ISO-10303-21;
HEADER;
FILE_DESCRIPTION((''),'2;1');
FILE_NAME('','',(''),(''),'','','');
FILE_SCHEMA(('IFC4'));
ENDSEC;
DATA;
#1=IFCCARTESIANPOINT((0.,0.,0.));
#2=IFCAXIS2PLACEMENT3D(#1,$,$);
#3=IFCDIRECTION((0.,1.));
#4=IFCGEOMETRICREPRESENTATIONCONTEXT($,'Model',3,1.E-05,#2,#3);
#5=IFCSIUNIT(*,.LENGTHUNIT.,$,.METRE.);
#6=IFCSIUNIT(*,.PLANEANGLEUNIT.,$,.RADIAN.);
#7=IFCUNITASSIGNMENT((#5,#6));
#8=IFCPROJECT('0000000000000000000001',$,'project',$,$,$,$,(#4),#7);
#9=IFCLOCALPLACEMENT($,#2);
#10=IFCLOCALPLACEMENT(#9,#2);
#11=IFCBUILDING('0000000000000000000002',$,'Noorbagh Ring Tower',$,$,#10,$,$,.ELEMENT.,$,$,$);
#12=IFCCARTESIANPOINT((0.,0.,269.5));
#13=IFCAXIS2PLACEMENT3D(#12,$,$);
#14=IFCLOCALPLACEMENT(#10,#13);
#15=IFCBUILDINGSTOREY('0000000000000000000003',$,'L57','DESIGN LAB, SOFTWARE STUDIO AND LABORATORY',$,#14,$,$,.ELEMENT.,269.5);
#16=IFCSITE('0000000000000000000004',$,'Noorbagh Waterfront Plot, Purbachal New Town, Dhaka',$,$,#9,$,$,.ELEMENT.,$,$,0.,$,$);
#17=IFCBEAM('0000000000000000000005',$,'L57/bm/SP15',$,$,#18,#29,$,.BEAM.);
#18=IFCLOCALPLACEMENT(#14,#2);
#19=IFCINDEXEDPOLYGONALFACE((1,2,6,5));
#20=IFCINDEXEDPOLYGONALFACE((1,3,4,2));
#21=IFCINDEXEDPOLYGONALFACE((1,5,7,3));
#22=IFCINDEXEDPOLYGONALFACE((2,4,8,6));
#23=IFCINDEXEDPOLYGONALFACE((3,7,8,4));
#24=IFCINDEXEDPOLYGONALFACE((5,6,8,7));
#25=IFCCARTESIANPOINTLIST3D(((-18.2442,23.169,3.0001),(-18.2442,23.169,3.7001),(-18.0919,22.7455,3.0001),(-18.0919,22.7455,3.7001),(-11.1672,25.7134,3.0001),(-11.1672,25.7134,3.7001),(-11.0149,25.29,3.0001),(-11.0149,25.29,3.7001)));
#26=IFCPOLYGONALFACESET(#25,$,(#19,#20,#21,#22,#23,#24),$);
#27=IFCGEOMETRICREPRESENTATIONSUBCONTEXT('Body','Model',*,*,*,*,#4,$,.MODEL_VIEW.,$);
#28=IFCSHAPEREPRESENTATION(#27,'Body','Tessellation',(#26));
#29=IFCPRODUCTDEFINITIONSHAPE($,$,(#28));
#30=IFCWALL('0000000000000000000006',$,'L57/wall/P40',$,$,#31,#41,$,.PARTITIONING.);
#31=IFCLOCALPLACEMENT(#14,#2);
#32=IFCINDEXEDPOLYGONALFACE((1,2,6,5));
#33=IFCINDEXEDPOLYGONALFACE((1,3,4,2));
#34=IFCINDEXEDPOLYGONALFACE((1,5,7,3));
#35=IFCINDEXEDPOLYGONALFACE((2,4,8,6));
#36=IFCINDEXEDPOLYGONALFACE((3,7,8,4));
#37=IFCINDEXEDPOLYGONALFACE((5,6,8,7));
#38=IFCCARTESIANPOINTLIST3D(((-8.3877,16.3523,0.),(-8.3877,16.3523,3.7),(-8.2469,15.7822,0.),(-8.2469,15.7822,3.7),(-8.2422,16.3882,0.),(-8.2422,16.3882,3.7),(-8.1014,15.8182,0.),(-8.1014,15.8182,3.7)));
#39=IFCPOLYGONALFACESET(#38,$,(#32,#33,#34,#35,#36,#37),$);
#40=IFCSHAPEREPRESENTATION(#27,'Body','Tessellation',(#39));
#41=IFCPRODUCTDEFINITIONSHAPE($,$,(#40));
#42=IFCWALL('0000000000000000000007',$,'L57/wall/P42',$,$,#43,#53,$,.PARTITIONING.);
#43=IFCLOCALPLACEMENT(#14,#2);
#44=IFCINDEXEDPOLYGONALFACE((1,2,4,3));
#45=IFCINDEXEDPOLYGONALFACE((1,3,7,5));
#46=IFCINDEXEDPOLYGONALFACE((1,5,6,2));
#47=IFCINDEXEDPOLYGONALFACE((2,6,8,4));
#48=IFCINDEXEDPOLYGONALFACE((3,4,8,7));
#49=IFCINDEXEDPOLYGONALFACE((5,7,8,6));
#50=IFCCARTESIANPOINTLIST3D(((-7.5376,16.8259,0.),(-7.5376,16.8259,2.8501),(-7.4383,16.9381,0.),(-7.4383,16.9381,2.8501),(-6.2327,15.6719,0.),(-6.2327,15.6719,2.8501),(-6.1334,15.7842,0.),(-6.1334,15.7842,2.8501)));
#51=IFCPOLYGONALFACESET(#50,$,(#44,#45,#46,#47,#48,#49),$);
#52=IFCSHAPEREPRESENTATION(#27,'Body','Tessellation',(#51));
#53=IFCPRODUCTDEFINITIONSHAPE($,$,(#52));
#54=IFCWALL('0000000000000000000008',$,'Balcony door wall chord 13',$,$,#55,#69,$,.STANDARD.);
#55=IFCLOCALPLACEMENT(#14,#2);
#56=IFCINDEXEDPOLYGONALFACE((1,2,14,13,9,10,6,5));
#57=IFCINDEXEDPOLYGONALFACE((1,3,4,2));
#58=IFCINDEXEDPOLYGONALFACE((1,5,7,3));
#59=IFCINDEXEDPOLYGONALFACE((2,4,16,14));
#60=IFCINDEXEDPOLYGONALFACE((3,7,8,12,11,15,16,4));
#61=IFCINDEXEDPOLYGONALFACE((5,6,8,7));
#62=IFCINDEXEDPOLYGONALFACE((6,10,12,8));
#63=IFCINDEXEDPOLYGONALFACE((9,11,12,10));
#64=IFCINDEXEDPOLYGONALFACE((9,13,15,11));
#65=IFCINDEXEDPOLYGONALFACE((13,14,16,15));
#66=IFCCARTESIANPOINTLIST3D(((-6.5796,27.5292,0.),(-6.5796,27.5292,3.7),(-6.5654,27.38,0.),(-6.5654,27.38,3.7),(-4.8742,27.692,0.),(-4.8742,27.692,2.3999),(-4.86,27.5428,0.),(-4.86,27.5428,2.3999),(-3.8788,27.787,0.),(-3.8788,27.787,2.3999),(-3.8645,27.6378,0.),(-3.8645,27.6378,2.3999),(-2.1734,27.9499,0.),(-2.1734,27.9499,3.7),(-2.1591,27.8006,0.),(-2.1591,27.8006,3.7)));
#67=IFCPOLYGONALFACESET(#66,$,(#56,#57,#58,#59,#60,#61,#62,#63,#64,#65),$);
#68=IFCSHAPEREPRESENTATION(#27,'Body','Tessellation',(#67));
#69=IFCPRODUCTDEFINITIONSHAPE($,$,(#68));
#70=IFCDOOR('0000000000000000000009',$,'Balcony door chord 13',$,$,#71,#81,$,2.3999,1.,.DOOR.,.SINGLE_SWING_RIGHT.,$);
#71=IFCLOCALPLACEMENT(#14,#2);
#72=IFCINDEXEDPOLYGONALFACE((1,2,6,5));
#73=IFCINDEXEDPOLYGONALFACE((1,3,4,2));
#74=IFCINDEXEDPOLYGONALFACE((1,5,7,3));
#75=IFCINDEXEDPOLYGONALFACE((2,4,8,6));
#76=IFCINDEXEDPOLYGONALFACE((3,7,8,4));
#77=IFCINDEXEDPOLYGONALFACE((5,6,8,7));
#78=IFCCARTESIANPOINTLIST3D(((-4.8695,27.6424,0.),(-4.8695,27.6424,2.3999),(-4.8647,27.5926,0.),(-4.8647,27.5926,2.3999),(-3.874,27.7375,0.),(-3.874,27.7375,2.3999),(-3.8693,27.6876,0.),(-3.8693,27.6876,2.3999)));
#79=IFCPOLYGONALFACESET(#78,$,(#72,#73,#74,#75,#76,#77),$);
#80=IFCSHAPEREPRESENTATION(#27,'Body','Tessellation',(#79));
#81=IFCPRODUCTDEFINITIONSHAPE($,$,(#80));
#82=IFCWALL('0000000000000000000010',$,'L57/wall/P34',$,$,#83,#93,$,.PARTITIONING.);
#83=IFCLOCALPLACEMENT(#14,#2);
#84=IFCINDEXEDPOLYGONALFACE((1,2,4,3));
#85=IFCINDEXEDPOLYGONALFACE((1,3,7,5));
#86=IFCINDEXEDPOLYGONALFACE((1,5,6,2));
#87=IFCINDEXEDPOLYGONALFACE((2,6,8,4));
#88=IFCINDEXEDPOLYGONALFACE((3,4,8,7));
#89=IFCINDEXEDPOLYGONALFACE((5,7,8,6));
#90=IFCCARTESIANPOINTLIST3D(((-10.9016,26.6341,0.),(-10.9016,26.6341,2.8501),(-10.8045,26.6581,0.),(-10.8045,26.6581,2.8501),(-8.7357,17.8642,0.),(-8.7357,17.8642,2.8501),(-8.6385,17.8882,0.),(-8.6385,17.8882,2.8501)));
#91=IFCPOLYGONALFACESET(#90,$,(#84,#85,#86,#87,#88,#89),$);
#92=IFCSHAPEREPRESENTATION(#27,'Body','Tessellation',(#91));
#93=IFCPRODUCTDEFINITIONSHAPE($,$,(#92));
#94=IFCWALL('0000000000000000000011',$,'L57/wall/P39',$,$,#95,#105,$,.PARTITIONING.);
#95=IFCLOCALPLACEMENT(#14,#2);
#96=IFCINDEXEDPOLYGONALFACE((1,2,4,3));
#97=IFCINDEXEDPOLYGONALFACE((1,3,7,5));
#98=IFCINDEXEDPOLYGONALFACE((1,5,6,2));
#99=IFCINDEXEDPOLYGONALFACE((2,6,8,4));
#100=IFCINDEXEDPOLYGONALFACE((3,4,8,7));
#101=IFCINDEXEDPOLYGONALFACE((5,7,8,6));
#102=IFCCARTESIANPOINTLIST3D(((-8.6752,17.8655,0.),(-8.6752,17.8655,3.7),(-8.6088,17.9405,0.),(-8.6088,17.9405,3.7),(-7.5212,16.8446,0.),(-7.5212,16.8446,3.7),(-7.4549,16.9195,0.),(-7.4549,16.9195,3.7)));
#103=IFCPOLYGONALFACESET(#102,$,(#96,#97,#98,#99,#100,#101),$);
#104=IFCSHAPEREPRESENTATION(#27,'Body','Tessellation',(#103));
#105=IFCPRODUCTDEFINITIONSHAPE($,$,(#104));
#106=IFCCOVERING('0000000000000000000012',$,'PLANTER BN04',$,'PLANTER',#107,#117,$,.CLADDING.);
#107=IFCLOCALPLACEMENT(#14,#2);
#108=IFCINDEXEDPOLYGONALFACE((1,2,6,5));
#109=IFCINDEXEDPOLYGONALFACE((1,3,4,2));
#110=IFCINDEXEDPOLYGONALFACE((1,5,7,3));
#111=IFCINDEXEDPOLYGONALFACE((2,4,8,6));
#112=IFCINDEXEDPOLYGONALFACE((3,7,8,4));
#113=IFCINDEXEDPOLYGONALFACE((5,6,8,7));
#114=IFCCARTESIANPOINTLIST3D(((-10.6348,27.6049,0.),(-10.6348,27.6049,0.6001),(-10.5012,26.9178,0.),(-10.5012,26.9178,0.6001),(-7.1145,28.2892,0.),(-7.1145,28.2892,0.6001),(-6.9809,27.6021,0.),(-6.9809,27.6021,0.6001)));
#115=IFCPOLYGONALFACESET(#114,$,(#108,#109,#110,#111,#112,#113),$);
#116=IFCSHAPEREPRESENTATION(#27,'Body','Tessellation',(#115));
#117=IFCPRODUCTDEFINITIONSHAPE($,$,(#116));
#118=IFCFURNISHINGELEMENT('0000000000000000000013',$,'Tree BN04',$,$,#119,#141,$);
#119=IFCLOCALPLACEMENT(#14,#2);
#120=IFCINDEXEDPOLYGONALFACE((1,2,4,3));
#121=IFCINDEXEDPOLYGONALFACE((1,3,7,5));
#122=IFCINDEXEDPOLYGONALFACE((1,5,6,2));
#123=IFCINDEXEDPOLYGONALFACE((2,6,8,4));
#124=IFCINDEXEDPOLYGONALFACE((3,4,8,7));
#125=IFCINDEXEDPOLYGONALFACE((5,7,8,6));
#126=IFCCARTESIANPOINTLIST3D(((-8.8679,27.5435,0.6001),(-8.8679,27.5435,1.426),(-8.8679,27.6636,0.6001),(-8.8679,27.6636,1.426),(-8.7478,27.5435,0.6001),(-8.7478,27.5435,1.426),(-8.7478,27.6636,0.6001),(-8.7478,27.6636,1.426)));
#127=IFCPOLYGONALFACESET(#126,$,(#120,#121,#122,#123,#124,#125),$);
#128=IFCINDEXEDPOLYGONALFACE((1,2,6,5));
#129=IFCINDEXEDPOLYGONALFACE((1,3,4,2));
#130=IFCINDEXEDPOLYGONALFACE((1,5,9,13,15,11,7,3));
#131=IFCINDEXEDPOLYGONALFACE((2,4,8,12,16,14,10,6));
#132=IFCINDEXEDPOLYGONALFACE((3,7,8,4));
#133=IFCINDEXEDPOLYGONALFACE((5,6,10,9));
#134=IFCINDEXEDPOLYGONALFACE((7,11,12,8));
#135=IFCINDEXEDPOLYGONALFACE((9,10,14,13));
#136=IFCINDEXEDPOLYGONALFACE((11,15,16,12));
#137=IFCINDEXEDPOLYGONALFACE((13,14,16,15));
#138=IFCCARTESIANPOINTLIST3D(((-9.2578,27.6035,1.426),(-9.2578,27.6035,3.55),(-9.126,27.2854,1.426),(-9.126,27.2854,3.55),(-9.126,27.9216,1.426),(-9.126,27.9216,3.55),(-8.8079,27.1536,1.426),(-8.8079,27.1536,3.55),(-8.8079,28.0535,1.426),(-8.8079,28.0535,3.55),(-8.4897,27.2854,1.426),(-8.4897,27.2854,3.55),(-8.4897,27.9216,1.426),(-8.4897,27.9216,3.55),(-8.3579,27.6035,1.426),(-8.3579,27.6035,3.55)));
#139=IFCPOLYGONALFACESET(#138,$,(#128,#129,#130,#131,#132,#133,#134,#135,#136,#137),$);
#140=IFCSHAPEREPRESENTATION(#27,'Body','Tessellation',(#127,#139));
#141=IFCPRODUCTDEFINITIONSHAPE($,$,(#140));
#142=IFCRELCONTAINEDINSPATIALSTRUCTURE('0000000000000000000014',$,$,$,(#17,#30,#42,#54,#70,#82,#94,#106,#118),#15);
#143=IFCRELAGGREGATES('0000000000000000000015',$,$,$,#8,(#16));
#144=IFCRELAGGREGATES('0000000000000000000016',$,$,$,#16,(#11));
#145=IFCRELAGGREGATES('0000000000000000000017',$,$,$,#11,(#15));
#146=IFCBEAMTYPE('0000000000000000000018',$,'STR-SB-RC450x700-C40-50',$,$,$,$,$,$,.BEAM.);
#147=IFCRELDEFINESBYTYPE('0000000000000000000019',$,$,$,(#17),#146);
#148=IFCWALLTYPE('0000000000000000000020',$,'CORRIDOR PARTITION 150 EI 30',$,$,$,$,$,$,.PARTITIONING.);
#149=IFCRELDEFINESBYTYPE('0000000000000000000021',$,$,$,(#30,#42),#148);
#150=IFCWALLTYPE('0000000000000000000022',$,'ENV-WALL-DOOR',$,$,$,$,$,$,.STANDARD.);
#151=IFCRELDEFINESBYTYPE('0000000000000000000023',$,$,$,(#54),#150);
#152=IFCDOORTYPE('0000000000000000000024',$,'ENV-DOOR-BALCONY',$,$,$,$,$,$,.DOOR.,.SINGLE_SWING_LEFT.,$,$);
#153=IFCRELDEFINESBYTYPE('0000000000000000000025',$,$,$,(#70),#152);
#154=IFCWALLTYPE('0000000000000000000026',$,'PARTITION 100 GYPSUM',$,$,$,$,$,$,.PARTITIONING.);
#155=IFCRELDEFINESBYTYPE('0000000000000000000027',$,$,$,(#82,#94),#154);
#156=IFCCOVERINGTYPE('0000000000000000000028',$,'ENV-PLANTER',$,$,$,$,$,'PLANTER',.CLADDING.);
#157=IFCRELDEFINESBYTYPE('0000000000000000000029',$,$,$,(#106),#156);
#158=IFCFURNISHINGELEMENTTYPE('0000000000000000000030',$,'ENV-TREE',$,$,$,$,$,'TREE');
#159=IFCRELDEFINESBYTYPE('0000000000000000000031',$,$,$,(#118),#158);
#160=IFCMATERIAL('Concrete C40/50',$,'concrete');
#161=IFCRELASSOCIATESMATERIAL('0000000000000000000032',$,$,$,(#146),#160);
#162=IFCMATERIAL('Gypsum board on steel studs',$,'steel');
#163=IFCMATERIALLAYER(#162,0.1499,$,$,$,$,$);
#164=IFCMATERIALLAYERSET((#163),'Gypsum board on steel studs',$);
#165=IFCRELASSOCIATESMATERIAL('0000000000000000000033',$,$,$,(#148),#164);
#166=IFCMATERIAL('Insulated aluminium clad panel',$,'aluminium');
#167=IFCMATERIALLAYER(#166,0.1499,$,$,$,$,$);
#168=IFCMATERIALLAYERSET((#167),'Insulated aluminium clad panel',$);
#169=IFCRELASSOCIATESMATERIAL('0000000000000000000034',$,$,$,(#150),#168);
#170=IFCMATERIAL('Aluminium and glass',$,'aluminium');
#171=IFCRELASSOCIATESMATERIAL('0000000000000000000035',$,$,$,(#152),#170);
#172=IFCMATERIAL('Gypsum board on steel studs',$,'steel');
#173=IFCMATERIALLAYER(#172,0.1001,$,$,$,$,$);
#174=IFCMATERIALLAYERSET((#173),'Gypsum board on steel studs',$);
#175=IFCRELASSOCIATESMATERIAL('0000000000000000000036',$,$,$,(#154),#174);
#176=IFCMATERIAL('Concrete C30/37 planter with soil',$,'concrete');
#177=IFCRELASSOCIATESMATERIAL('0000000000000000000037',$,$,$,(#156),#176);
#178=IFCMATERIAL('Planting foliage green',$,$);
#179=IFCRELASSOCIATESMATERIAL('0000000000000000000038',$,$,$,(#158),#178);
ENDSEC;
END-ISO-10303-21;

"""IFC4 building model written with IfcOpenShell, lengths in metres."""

from ifc_helpers import new_model, si_unit, direction, frame, frame_2d, origin, origin_2d, place, context, subcontext, project, spatial, polyline, rectangle, outline, extrude, material, layer, layer_set, material_profile, profile_set, type_object, element, fill, save


model = new_model("IFC4")

# Units and contexts
model_context = context("Model", 3, precision=1e-05, world=origin(), true_north=direction((0.0, 1.0)))
body_context = subcontext(model_context, "Body", "Model", "MODEL_VIEW")
ifc_project = project(units=[si_unit("LENGTHUNIT", "METRE"), si_unit("PLANEANGLEUNIT", "RADIAN")], contexts=[model_context])

# Site, building, storey
site_placement = place(None, origin())
site = spatial("IfcSite", under=ifc_project, at=site_placement, Name="Noorbagh Waterfront Plot, Purbachal New Town, Dhaka", CompositionType="ELEMENT", RefElevation=0.0)
building_placement = place(site_placement, origin())
building = spatial("IfcBuilding", under=site, at=building_placement, Name="Noorbagh Ring Tower", CompositionType="ELEMENT")
storey_placement = place(building_placement, frame((0.0, 0.0, 269.5)))
storey = spatial("IfcBuildingStorey", under=building, at=storey_placement, Name="L57", Description="DESIGN LAB, SOFTWARE STUDIO AND LABORATORY", CompositionType="ELEMENT", Elevation=269.5)

# Beam
ifc_material_1 = material(Name="Concrete C40/50", Category="concrete")
ifc_material_profile_1 = material_profile(ifc_material_1, rectangle(XDim=0.45, YDim=0.7, at=origin_2d()), Name="RC450x700")
ifc_profile_set_1 = profile_set([ifc_material_profile_1], Name="Concrete C40/50")
beam_type_1 = type_object("IfcBeamType", Name="STR-SB-RC450x700-C40-50", PredefinedType="BEAM", material=ifc_profile_set_1)
beam_1_placement = place(storey_placement, frame((-11.0911, 25.5017, 3.3501), z_axis=(-0.941025, -0.338337, 0.0), x_axis=(0.338337, -0.941025, 0.0)))
element("IfcBeam", 1, at=beam_1_placement, inside=storey, type_object=beam_type_1, Name="L57/bm/SP15", PredefinedType="BEAM", context=body_context, shape_type="SweptSolid", body=[
    extrude(rectangle(XDim=0.45, YDim=0.7, at=origin_2d()), origin(), (0.0, 0.0, 1.0), 7.5205),
])

# Walls
ifc_material_2 = material(Name="Gypsum board on steel studs", Category="steel")
ifc_layer_1 = layer(ifc_material_2, 0.1499)
ifc_layer_set_1 = layer_set([ifc_layer_1], Name="Gypsum board on steel studs")
wall_type_1 = type_object("IfcWallType", Name="CORRIDOR PARTITION 150 EI 30", PredefinedType="PARTITIONING", material=ifc_layer_set_1)
wall_1_placement = place(storey_placement, frame((-8.3149, 16.3701, 0.0), z_axis=(0.0, 0.0, 1.0), x_axis=(0.239893, -0.970799, 0.0)))
element("IfcWall", 2, at=wall_1_placement, inside=storey, type_object=wall_type_1, Name="L57/wall/P40", PredefinedType="PARTITIONING", context=body_context, shape_type="SweptSolid", body=[
    extrude(rectangle(XDim=0.5872, YDim=0.1499, at=frame_2d((0.2935, 0.0))), origin(), (0.0, 0.0, 1.0), 3.7),
])
wall_2_placement = place(storey_placement, frame((-7.488, 16.8821, 0.0), z_axis=(0.0, 0.0, 1.0), x_axis=(0.749085, -0.662474, 0.0)))
element("IfcWall", 3, at=wall_2_placement, inside=storey, type_object=wall_type_1, Name="L57/wall/P42", PredefinedType="PARTITIONING", context=body_context, shape_type="SweptSolid", body=[
    extrude(rectangle(XDim=1.7419, YDim=0.1499, at=frame_2d((0.8711, 0.0))), origin(), (0.0, 0.0, 1.0), 2.8501),
])

# Wall, opening, door
ifc_material_3 = material(Name="Insulated aluminium clad panel", Category="aluminium")
ifc_layer_2 = layer(ifc_material_3, 0.1499)
ifc_layer_set_2 = layer_set([ifc_layer_2], Name="Insulated aluminium clad panel")
wall_type_2 = type_object("IfcWallType", Name="ENV-WALL-DOOR", PredefinedType="STANDARD", material=ifc_layer_set_2)
wall_3_placement = place(storey_placement, frame((-2.1663, 27.8752, 0.0), z_axis=(0.0, 0.0, 1.0), x_axis=(-0.995474, -0.095036, 0.0)))
wall_3 = element("IfcWall", 4, at=wall_3_placement, inside=storey, type_object=wall_type_2, Name="Balcony door wall chord 13", PredefinedType="STANDARD", context=body_context, shape_type="SweptSolid", body=[
    extrude(rectangle(XDim=4.4263, YDim=0.1499, at=frame_2d((2.2131, 0.0))), origin(), (0.0, 0.0, 1.0), 3.7),
])
opening_placement = place(wall_3_placement, frame((1.7131, 0.0, 0.0)))
opening = element("IfcOpeningElement", 5, at=opening_placement, cuts=wall_3, PredefinedType="OPENING", context=body_context, shape_type="SweptSolid", body=[
    extrude(rectangle(XDim=1.0, YDim=2.3999, at=frame_2d((0.5, 1.2))), frame((0.0, 0.085, 0.0), z_axis=(0.0, -1.0, 0.0), x_axis=(1.0, 0.0, 0.0)), (0.0, 0.0, 1.0), 0.1699),
])
ifc_material_4 = material(Name="Aluminium and glass", Category="aluminium")
door_type = type_object("IfcDoorType", Name="ENV-DOOR-BALCONY", OperationType="SINGLE_SWING_LEFT", PredefinedType="DOOR", material=ifc_material_4)
door_placement = place(opening_placement, origin())
door = element("IfcDoor", 6, at=door_placement, inside=storey, type_object=door_type, Name="Balcony door chord 13", OperationType="SINGLE_SWING_RIGHT", OverallHeight=2.3999, OverallWidth=1.0, PredefinedType="DOOR", context=body_context, shape_type="SweptSolid", body=[
    extrude(rectangle(XDim=1.0, YDim=2.3999, at=frame_2d((0.5, 1.2))), frame((0.0, 0.0249, 0.0), z_axis=(0.0, -1.0, 0.0), x_axis=(1.0, 0.0, 0.0)), (0.0, 0.0, 1.0), 0.05),
])
fill(opening, door)

# Walls
ifc_material_5 = material(Name="Gypsum board on steel studs", Category="steel")
ifc_layer_3 = layer(ifc_material_5, 0.1001)
ifc_layer_set_3 = layer_set([ifc_layer_3], Name="Gypsum board on steel studs")
wall_type_3 = type_object("IfcWallType", Name="PARTITION 100 GYPSUM", PredefinedType="PARTITIONING", material=ifc_layer_set_3)
wall_4_placement = place(storey_placement, frame((-10.853, 26.646, 0.0), z_axis=(0.0, 0.0, 1.0), x_axis=(0.239775, -0.970829, 0.0)))
element("IfcWall", 7, at=wall_4_placement, inside=storey, type_object=wall_type_3, Name="L57/wall/P34", PredefinedType="PARTITIONING", context=body_context, shape_type="SweptSolid", body=[
    extrude(rectangle(XDim=9.0334, YDim=0.1001, at=frame_2d((4.5166, 0.0))), origin(), (0.0, 0.0, 1.0), 2.8501),
])
wall_5_placement = place(storey_placement, frame((-8.6421, 17.9031, 0.0), z_axis=(0.0, 0.0, 1.0), x_axis=(0.748963, -0.662611, 0.0)))
element("IfcWall", 8, at=wall_5_placement, inside=storey, type_object=wall_type_3, Name="L57/wall/P39", PredefinedType="PARTITIONING", context=body_context, shape_type="SweptSolid", body=[
    extrude(rectangle(XDim=1.5408, YDim=0.1001, at=frame_2d((0.7705, 0.0))), origin(), (0.0, 0.0, 1.0), 3.7),
])

# Covering
ifc_material_6 = material(Name="Concrete C30/37 planter with soil", Category="concrete")
covering_type = type_object("IfcCoveringType", Name="ENV-PLANTER", ElementType="PLANTER", PredefinedType="CLADDING", material=ifc_material_6)
covering_placement = place(storey_placement, frame((-8.8079, 27.6035, 0.0), z_axis=(0.0, 0.0, 1.0), x_axis=(-0.981625, -0.19082, 0.0)))
element("IfcCovering", 9, at=covering_placement, inside=storey, type_object=covering_type, Name="PLANTER BN04", ObjectType="PLANTER", PredefinedType="CLADDING", context=body_context, shape_type="SweptSolid", body=[
    extrude(rectangle(XDim=3.5862, YDim=0.7, at=origin_2d()), origin(), (0.0, 0.0, 1.0), 0.6001),
])

# Furnishing element
ifc_material_7 = material(Name="Planting foliage green")
furnishing_element_type = type_object("IfcFurnishingElementType", Name="ENV-TREE", ElementType="TREE", material=ifc_material_7)
furnishing_placement = place(storey_placement, frame((-8.8079, 27.6035, 0.6001), z_axis=(0.0, 0.0, 1.0), x_axis=(1.0, 0.0, 0.0)))
element("IfcFurnishingElement", 10, at=furnishing_placement, inside=storey, type_object=furnishing_element_type, Name="Tree BN04", context=body_context, shape_type="SweptSolid", body=[
    extrude(rectangle(XDim=0.1201, YDim=0.1201, at=origin_2d()), origin(), (0.0, 0.0, 1.0), 0.8259),
    extrude(outline(polyline([(0.45, 0.0), (0.3181, 0.3181), (0.0, 0.45), (-0.3181, 0.3181), (-0.45, 0.0), (-0.3181, -0.3181), (0.0, -0.45), (0.3181, -0.3181), (0.45, 0.0)])), frame((0.0, 0.0, 0.8259)), (0.0, 0.0, 1.0), 2.124),
])

save(model, "model.ifc")
